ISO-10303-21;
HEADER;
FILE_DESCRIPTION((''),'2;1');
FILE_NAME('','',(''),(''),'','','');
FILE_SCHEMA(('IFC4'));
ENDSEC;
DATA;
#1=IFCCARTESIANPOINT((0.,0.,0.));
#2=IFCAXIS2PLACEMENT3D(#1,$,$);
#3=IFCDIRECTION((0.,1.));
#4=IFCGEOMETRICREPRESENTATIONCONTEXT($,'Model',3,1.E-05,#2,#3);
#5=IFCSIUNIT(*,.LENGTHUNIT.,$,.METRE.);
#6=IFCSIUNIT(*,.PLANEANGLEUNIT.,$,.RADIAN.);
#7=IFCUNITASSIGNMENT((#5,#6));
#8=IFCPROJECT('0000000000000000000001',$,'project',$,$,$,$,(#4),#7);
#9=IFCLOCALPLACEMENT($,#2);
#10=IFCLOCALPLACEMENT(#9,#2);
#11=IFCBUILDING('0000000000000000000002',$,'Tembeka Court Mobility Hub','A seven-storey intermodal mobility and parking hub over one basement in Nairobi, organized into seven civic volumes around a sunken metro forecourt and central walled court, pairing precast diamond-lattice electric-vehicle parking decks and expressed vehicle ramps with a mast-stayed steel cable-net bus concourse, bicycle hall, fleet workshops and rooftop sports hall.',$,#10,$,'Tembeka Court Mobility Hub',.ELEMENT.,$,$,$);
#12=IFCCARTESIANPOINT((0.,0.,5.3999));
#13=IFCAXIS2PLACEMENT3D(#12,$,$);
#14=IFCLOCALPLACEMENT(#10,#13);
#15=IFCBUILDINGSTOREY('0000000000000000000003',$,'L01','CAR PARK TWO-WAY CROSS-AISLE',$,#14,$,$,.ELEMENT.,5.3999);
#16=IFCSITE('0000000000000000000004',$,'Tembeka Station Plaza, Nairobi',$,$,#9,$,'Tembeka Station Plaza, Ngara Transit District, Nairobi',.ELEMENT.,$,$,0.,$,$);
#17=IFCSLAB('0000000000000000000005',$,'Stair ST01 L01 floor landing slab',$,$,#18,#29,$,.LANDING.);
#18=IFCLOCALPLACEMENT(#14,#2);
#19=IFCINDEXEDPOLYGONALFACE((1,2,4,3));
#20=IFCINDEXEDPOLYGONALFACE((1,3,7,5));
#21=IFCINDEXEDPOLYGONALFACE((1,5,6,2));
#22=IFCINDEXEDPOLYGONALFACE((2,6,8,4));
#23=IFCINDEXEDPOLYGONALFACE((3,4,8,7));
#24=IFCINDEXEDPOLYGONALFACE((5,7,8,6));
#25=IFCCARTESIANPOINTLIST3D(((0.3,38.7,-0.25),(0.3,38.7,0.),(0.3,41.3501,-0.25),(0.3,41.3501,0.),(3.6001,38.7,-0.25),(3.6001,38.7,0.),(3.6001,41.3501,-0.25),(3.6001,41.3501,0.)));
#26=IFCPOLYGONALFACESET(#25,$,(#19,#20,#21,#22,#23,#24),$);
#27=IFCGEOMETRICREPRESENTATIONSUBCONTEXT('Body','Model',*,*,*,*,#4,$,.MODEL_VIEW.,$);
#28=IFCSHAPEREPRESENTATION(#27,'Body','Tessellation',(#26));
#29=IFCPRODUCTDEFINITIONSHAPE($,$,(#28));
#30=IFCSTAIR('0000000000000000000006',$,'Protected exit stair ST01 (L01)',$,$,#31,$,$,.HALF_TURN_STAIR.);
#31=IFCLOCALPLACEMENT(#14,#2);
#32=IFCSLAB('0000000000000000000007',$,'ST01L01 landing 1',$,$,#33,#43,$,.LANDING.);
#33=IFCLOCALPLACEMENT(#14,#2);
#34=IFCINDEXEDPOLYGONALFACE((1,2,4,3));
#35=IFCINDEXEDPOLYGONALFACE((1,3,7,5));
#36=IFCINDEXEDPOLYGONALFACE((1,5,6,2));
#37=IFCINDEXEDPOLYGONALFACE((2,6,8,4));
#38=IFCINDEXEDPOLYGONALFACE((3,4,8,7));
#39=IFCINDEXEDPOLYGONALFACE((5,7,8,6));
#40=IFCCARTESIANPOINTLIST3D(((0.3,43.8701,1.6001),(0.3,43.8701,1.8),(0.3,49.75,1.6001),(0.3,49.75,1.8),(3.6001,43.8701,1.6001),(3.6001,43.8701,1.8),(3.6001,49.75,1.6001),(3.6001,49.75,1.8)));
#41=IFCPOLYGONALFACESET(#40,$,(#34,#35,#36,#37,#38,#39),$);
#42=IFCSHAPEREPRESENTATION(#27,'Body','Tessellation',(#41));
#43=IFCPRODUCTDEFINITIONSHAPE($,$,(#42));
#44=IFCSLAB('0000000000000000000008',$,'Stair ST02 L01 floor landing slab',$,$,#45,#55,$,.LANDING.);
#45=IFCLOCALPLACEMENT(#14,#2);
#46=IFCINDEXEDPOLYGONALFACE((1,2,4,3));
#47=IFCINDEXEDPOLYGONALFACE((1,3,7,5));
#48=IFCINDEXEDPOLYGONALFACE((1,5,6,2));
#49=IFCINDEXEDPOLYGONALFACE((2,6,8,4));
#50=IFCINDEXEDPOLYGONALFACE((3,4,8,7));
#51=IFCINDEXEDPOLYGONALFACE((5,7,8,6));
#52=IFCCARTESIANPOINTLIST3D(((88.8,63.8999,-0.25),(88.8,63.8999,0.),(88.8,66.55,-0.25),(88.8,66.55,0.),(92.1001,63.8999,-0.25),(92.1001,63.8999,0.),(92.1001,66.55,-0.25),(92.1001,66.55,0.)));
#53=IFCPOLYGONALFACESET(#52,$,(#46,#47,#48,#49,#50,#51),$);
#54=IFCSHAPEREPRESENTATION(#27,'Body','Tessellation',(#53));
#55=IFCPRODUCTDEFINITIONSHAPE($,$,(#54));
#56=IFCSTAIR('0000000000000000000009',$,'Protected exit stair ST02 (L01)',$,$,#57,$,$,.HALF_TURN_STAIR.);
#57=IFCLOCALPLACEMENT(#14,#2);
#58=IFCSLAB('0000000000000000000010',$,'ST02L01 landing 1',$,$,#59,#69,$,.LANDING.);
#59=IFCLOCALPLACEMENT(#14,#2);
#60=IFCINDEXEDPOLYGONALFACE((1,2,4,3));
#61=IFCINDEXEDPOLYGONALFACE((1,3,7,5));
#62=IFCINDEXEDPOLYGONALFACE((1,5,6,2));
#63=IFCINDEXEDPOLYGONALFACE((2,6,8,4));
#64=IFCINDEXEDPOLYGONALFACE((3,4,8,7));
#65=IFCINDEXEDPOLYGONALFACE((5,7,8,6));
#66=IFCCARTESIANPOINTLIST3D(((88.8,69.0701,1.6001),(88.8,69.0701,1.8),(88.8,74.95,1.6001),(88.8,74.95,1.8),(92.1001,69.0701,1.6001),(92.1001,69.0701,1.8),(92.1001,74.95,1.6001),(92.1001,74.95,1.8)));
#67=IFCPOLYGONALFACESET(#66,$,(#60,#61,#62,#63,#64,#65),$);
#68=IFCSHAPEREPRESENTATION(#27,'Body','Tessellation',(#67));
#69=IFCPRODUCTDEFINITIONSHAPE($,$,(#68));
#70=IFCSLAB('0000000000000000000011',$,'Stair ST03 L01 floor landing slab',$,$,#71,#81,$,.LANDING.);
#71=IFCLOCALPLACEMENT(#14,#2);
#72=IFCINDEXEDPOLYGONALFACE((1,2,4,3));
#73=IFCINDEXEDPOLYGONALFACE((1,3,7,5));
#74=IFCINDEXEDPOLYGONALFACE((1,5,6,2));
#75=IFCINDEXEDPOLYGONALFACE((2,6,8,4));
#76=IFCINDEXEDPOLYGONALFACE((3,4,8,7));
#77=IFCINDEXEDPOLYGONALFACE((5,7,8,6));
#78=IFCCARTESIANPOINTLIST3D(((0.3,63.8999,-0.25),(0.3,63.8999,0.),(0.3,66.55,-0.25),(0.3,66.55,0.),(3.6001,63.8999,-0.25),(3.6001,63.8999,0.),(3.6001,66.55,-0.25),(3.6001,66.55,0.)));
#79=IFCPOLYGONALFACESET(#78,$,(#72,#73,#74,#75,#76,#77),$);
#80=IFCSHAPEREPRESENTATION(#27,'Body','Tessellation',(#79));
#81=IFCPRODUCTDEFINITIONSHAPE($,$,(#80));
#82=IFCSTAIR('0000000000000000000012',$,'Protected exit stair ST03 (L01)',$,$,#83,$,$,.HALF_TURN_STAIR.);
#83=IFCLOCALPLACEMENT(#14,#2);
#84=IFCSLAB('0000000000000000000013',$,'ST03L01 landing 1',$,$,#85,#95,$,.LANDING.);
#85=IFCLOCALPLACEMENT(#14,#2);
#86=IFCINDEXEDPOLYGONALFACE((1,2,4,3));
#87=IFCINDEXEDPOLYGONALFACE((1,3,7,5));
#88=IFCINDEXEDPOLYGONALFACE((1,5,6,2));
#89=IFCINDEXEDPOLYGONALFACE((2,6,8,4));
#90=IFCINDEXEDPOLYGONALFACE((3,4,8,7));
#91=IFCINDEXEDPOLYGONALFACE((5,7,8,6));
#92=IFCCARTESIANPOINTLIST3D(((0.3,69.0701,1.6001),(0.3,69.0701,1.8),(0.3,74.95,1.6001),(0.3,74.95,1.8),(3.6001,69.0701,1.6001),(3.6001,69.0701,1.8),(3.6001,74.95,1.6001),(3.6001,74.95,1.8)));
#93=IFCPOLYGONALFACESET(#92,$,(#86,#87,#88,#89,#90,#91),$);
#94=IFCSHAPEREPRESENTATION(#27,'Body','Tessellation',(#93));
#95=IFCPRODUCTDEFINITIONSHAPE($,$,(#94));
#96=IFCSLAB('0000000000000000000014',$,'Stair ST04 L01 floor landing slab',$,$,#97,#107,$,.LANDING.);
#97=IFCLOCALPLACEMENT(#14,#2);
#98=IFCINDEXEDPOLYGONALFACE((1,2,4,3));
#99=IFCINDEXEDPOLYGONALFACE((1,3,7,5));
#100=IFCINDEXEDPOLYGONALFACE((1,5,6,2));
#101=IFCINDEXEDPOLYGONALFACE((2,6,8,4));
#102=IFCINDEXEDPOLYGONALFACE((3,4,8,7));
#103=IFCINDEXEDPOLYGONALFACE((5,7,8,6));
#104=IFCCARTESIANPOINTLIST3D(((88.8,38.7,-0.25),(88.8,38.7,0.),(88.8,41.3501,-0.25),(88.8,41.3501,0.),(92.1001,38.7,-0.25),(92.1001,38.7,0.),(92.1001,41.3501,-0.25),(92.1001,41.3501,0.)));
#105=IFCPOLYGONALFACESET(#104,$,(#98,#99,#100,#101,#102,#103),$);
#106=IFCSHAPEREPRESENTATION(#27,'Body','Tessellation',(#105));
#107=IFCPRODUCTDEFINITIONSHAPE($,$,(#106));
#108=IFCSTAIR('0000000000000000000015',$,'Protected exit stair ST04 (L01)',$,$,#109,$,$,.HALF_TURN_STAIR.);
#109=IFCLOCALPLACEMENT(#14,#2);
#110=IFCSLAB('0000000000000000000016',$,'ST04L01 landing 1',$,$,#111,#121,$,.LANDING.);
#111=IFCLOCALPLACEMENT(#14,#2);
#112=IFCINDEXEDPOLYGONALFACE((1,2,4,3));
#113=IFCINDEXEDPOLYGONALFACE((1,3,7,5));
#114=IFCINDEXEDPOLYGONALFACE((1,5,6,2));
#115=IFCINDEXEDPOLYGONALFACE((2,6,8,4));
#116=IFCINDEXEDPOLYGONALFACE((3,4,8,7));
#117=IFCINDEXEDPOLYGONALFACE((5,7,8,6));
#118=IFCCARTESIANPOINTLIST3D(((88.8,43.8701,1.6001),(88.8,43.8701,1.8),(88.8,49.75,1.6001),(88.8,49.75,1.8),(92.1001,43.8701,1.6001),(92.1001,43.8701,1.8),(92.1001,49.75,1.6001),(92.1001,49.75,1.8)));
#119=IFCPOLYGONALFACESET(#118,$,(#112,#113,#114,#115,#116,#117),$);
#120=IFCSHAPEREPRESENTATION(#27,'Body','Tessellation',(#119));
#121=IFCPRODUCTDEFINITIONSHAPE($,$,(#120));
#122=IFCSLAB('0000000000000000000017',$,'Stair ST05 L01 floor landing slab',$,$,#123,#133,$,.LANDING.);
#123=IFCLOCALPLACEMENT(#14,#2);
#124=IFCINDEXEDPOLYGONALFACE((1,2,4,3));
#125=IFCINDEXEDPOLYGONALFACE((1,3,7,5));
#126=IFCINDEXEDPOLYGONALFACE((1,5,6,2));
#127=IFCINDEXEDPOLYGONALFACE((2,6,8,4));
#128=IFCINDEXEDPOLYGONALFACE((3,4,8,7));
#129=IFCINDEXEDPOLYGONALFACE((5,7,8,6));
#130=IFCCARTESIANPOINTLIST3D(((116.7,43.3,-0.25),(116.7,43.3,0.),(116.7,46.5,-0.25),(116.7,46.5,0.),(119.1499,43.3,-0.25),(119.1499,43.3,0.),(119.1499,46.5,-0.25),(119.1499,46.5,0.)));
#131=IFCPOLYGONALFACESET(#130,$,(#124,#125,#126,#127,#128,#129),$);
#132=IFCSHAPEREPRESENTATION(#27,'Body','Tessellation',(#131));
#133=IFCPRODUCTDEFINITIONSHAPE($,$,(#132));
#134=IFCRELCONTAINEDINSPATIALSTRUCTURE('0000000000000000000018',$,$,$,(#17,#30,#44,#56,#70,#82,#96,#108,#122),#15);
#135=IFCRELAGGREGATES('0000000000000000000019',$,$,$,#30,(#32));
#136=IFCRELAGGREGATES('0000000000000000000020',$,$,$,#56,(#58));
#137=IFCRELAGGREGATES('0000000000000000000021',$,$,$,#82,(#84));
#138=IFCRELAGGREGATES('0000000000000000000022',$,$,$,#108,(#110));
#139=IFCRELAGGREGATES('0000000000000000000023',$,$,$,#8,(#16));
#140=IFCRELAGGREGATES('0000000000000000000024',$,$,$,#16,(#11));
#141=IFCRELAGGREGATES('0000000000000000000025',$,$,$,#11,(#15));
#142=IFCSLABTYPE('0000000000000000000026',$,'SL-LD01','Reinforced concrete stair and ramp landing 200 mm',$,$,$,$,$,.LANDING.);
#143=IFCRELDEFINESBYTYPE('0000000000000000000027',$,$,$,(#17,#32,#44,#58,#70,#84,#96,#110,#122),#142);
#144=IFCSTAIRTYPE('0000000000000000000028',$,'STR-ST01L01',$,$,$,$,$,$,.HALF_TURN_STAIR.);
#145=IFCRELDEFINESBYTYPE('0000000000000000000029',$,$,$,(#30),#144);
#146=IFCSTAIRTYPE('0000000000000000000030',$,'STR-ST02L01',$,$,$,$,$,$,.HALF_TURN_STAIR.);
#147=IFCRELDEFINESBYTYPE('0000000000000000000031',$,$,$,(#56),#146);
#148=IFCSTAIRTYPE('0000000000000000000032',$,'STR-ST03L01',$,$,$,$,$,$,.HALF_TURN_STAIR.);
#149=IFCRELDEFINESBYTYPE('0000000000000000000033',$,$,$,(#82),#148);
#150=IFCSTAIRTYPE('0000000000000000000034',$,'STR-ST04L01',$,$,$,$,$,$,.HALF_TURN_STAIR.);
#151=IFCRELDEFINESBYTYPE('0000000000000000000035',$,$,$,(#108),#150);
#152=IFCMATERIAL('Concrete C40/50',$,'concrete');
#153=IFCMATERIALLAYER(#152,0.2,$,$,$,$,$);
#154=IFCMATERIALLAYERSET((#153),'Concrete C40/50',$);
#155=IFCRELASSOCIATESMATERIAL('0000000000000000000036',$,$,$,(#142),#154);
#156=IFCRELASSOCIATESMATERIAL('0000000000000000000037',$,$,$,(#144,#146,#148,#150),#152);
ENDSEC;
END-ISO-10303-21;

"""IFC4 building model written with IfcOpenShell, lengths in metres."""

from ifc_helpers import new_model, si_unit, direction, frame, origin, place, context, subcontext, project, spatial, polyline, outline, extrude, material, layer, layer_set, type_object, element, aggregate, save


model = new_model("IFC4")

# Units and contexts
model_context = context("Model", 3, precision=1e-05, world=origin(), true_north=direction((0.0, 1.0)))
body_context = subcontext(model_context, "Body", "Model", "MODEL_VIEW")
ifc_project = project(units=[si_unit("LENGTHUNIT", "METRE"), si_unit("PLANEANGLEUNIT", "RADIAN")], contexts=[model_context])

# Site, building, storey
site_placement = place(None, origin())
site = spatial("IfcSite", under=ifc_project, at=site_placement, Name="Tembeka Station Plaza, Nairobi", LongName="Tembeka Station Plaza, Ngara Transit District, Nairobi", CompositionType="ELEMENT", RefElevation=0.0)
building_placement = place(site_placement, origin())
building = spatial("IfcBuilding", under=site, at=building_placement, Name="Tembeka Court Mobility Hub", Description="A seven-storey intermodal mobility and parking hub over one basement in Nairobi, organized into seven civic volumes around a sunken metro forecourt and central walled court, pairing precast diamond-lattice electric-vehicle parking decks and expressed vehicle ramps with a mast-stayed steel cable-net bus concourse, bicycle hall, fleet workshops and rooftop sports hall.", LongName="Tembeka Court Mobility Hub", CompositionType="ELEMENT")
storey_placement = place(building_placement, frame((0.0, 0.0, 5.3999)))
storey = spatial("IfcBuildingStorey", under=building, at=storey_placement, Name="L01", Description="CAR PARK TWO-WAY CROSS-AISLE", CompositionType="ELEMENT", Elevation=5.3999)

# Slab
ifc_material_1 = material(Name="Concrete C40/50", Category="concrete")
ifc_layer_1 = layer(ifc_material_1, 0.2)
ifc_layer_set_1 = layer_set([ifc_layer_1], Name="Concrete C40/50")
slab_type = type_object("IfcSlabType", Name="SL-LD01", Description="Reinforced concrete stair and ramp landing 200 mm", PredefinedType="LANDING", material=ifc_layer_set_1)
slab_1_placement = place(storey_placement, frame((0.0, 0.0, -0.25)))
element("IfcSlab", 1, at=slab_1_placement, inside=storey, type_object=slab_type, Name="Stair ST01 L01 floor landing slab", PredefinedType="LANDING", context=body_context, shape_type="SweptSolid", body=[
    extrude(outline(polyline([(0.3, 38.7), (3.6001, 38.7), (3.6001, 41.3501), (0.3, 41.3501), (0.3, 38.7)])), origin(), (0.0, 0.0, 1.0), 0.25),
])

# Stair, slab
stair_type_1 = type_object("IfcStairType", Name="STR-ST01L01", PredefinedType="HALF_TURN_STAIR", material=ifc_material_1)
stair_1_placement = place(storey_placement, origin())
stair_1 = element("IfcStair", 2, at=stair_1_placement, inside=storey, type_object=stair_type_1, Name="Protected exit stair ST01 (L01)", PredefinedType="HALF_TURN_STAIR")
slab_2_placement = place(storey_placement, frame((0.0, 0.0, 1.6001)))
slab_2 = element("IfcSlab", 3, at=slab_2_placement, type_object=slab_type, Name="ST01L01 landing 1", PredefinedType="LANDING", context=body_context, shape_type="SweptSolid", body=[
    extrude(outline(polyline([(3.6001, 43.8701), (3.6001, 49.75), (0.3, 49.75), (0.3, 43.8701), (3.6001, 43.8701)])), origin(), (0.0, 0.0, 1.0), 0.2),
])
aggregate(stair_1, [slab_2])

# Slab
slab_3_placement = place(storey_placement, frame((0.0, 0.0, -0.25)))
element("IfcSlab", 4, at=slab_3_placement, inside=storey, type_object=slab_type, Name="Stair ST02 L01 floor landing slab", PredefinedType="LANDING", context=body_context, shape_type="SweptSolid", body=[
    extrude(outline(polyline([(88.8, 63.8999), (92.1001, 63.8999), (92.1001, 66.55), (88.8, 66.55), (88.8, 63.8999)])), origin(), (0.0, 0.0, 1.0), 0.25),
])

# Stair, slab
stair_type_2 = type_object("IfcStairType", Name="STR-ST02L01", PredefinedType="HALF_TURN_STAIR", material=ifc_material_1)
stair_2_placement = place(storey_placement, origin())
stair_2 = element("IfcStair", 5, at=stair_2_placement, inside=storey, type_object=stair_type_2, Name="Protected exit stair ST02 (L01)", PredefinedType="HALF_TURN_STAIR")
slab_4_placement = place(storey_placement, frame((0.0, 0.0, 1.6001)))
slab_4 = element("IfcSlab", 6, at=slab_4_placement, type_object=slab_type, Name="ST02L01 landing 1", PredefinedType="LANDING", context=body_context, shape_type="SweptSolid", body=[
    extrude(outline(polyline([(92.1001, 69.0701), (92.1001, 74.95), (88.8, 74.95), (88.8, 69.0701), (92.1001, 69.0701)])), origin(), (0.0, 0.0, 1.0), 0.2),
])
aggregate(stair_2, [slab_4])

# Slab
slab_5_placement = place(storey_placement, frame((0.0, 0.0, -0.25)))
element("IfcSlab", 7, at=slab_5_placement, inside=storey, type_object=slab_type, Name="Stair ST03 L01 floor landing slab", PredefinedType="LANDING", context=body_context, shape_type="SweptSolid", body=[
    extrude(outline(polyline([(0.3, 63.8999), (3.6001, 63.8999), (3.6001, 66.55), (0.3, 66.55), (0.3, 63.8999)])), origin(), (0.0, 0.0, 1.0), 0.25),
])

# Stair, slab
stair_type_3 = type_object("IfcStairType", Name="STR-ST03L01", PredefinedType="HALF_TURN_STAIR", material=ifc_material_1)
stair_3_placement = place(storey_placement, origin())
stair_3 = element("IfcStair", 8, at=stair_3_placement, inside=storey, type_object=stair_type_3, Name="Protected exit stair ST03 (L01)", PredefinedType="HALF_TURN_STAIR")
slab_6_placement = place(storey_placement, frame((0.0, 0.0, 1.6001)))
slab_6 = element("IfcSlab", 9, at=slab_6_placement, type_object=slab_type, Name="ST03L01 landing 1", PredefinedType="LANDING", context=body_context, shape_type="SweptSolid", body=[
    extrude(outline(polyline([(3.6001, 69.0701), (3.6001, 74.95), (0.3, 74.95), (0.3, 69.0701), (3.6001, 69.0701)])), origin(), (0.0, 0.0, 1.0), 0.2),
])
aggregate(stair_3, [slab_6])

# Slab
slab_7_placement = place(storey_placement, frame((0.0, 0.0, -0.25)))
element("IfcSlab", 10, at=slab_7_placement, inside=storey, type_object=slab_type, Name="Stair ST04 L01 floor landing slab", PredefinedType="LANDING", context=body_context, shape_type="SweptSolid", body=[
    extrude(outline(polyline([(88.8, 38.7), (92.1001, 38.7), (92.1001, 41.3501), (88.8, 41.3501), (88.8, 38.7)])), origin(), (0.0, 0.0, 1.0), 0.25),
])

# Stair, slab
stair_type_4 = type_object("IfcStairType", Name="STR-ST04L01", PredefinedType="HALF_TURN_STAIR", material=ifc_material_1)
stair_4_placement = place(storey_placement, origin())
stair_4 = element("IfcStair", 11, at=stair_4_placement, inside=storey, type_object=stair_type_4, Name="Protected exit stair ST04 (L01)", PredefinedType="HALF_TURN_STAIR")
slab_8_placement = place(storey_placement, frame((0.0, 0.0, 1.6001)))
slab_8 = element("IfcSlab", 12, at=slab_8_placement, type_object=slab_type, Name="ST04L01 landing 1", PredefinedType="LANDING", context=body_context, shape_type="SweptSolid", body=[
    extrude(outline(polyline([(92.1001, 43.8701), (92.1001, 49.75), (88.8, 49.75), (88.8, 43.8701), (92.1001, 43.8701)])), origin(), (0.0, 0.0, 1.0), 0.2),
])
aggregate(stair_4, [slab_8])

# Slab
slab_9_placement = place(storey_placement, frame((0.0, 0.0, -0.25)))
element("IfcSlab", 13, at=slab_9_placement, inside=storey, type_object=slab_type, Name="Stair ST05 L01 floor landing slab", PredefinedType="LANDING", context=body_context, shape_type="SweptSolid", body=[
    extrude(outline(polyline([(116.7, 43.3), (119.1499, 43.3), (119.1499, 46.5), (116.7, 46.5), (116.7, 43.3)])), origin(), (0.0, 0.0, 1.0), 0.25),
])

save(model, "model.ifc")
